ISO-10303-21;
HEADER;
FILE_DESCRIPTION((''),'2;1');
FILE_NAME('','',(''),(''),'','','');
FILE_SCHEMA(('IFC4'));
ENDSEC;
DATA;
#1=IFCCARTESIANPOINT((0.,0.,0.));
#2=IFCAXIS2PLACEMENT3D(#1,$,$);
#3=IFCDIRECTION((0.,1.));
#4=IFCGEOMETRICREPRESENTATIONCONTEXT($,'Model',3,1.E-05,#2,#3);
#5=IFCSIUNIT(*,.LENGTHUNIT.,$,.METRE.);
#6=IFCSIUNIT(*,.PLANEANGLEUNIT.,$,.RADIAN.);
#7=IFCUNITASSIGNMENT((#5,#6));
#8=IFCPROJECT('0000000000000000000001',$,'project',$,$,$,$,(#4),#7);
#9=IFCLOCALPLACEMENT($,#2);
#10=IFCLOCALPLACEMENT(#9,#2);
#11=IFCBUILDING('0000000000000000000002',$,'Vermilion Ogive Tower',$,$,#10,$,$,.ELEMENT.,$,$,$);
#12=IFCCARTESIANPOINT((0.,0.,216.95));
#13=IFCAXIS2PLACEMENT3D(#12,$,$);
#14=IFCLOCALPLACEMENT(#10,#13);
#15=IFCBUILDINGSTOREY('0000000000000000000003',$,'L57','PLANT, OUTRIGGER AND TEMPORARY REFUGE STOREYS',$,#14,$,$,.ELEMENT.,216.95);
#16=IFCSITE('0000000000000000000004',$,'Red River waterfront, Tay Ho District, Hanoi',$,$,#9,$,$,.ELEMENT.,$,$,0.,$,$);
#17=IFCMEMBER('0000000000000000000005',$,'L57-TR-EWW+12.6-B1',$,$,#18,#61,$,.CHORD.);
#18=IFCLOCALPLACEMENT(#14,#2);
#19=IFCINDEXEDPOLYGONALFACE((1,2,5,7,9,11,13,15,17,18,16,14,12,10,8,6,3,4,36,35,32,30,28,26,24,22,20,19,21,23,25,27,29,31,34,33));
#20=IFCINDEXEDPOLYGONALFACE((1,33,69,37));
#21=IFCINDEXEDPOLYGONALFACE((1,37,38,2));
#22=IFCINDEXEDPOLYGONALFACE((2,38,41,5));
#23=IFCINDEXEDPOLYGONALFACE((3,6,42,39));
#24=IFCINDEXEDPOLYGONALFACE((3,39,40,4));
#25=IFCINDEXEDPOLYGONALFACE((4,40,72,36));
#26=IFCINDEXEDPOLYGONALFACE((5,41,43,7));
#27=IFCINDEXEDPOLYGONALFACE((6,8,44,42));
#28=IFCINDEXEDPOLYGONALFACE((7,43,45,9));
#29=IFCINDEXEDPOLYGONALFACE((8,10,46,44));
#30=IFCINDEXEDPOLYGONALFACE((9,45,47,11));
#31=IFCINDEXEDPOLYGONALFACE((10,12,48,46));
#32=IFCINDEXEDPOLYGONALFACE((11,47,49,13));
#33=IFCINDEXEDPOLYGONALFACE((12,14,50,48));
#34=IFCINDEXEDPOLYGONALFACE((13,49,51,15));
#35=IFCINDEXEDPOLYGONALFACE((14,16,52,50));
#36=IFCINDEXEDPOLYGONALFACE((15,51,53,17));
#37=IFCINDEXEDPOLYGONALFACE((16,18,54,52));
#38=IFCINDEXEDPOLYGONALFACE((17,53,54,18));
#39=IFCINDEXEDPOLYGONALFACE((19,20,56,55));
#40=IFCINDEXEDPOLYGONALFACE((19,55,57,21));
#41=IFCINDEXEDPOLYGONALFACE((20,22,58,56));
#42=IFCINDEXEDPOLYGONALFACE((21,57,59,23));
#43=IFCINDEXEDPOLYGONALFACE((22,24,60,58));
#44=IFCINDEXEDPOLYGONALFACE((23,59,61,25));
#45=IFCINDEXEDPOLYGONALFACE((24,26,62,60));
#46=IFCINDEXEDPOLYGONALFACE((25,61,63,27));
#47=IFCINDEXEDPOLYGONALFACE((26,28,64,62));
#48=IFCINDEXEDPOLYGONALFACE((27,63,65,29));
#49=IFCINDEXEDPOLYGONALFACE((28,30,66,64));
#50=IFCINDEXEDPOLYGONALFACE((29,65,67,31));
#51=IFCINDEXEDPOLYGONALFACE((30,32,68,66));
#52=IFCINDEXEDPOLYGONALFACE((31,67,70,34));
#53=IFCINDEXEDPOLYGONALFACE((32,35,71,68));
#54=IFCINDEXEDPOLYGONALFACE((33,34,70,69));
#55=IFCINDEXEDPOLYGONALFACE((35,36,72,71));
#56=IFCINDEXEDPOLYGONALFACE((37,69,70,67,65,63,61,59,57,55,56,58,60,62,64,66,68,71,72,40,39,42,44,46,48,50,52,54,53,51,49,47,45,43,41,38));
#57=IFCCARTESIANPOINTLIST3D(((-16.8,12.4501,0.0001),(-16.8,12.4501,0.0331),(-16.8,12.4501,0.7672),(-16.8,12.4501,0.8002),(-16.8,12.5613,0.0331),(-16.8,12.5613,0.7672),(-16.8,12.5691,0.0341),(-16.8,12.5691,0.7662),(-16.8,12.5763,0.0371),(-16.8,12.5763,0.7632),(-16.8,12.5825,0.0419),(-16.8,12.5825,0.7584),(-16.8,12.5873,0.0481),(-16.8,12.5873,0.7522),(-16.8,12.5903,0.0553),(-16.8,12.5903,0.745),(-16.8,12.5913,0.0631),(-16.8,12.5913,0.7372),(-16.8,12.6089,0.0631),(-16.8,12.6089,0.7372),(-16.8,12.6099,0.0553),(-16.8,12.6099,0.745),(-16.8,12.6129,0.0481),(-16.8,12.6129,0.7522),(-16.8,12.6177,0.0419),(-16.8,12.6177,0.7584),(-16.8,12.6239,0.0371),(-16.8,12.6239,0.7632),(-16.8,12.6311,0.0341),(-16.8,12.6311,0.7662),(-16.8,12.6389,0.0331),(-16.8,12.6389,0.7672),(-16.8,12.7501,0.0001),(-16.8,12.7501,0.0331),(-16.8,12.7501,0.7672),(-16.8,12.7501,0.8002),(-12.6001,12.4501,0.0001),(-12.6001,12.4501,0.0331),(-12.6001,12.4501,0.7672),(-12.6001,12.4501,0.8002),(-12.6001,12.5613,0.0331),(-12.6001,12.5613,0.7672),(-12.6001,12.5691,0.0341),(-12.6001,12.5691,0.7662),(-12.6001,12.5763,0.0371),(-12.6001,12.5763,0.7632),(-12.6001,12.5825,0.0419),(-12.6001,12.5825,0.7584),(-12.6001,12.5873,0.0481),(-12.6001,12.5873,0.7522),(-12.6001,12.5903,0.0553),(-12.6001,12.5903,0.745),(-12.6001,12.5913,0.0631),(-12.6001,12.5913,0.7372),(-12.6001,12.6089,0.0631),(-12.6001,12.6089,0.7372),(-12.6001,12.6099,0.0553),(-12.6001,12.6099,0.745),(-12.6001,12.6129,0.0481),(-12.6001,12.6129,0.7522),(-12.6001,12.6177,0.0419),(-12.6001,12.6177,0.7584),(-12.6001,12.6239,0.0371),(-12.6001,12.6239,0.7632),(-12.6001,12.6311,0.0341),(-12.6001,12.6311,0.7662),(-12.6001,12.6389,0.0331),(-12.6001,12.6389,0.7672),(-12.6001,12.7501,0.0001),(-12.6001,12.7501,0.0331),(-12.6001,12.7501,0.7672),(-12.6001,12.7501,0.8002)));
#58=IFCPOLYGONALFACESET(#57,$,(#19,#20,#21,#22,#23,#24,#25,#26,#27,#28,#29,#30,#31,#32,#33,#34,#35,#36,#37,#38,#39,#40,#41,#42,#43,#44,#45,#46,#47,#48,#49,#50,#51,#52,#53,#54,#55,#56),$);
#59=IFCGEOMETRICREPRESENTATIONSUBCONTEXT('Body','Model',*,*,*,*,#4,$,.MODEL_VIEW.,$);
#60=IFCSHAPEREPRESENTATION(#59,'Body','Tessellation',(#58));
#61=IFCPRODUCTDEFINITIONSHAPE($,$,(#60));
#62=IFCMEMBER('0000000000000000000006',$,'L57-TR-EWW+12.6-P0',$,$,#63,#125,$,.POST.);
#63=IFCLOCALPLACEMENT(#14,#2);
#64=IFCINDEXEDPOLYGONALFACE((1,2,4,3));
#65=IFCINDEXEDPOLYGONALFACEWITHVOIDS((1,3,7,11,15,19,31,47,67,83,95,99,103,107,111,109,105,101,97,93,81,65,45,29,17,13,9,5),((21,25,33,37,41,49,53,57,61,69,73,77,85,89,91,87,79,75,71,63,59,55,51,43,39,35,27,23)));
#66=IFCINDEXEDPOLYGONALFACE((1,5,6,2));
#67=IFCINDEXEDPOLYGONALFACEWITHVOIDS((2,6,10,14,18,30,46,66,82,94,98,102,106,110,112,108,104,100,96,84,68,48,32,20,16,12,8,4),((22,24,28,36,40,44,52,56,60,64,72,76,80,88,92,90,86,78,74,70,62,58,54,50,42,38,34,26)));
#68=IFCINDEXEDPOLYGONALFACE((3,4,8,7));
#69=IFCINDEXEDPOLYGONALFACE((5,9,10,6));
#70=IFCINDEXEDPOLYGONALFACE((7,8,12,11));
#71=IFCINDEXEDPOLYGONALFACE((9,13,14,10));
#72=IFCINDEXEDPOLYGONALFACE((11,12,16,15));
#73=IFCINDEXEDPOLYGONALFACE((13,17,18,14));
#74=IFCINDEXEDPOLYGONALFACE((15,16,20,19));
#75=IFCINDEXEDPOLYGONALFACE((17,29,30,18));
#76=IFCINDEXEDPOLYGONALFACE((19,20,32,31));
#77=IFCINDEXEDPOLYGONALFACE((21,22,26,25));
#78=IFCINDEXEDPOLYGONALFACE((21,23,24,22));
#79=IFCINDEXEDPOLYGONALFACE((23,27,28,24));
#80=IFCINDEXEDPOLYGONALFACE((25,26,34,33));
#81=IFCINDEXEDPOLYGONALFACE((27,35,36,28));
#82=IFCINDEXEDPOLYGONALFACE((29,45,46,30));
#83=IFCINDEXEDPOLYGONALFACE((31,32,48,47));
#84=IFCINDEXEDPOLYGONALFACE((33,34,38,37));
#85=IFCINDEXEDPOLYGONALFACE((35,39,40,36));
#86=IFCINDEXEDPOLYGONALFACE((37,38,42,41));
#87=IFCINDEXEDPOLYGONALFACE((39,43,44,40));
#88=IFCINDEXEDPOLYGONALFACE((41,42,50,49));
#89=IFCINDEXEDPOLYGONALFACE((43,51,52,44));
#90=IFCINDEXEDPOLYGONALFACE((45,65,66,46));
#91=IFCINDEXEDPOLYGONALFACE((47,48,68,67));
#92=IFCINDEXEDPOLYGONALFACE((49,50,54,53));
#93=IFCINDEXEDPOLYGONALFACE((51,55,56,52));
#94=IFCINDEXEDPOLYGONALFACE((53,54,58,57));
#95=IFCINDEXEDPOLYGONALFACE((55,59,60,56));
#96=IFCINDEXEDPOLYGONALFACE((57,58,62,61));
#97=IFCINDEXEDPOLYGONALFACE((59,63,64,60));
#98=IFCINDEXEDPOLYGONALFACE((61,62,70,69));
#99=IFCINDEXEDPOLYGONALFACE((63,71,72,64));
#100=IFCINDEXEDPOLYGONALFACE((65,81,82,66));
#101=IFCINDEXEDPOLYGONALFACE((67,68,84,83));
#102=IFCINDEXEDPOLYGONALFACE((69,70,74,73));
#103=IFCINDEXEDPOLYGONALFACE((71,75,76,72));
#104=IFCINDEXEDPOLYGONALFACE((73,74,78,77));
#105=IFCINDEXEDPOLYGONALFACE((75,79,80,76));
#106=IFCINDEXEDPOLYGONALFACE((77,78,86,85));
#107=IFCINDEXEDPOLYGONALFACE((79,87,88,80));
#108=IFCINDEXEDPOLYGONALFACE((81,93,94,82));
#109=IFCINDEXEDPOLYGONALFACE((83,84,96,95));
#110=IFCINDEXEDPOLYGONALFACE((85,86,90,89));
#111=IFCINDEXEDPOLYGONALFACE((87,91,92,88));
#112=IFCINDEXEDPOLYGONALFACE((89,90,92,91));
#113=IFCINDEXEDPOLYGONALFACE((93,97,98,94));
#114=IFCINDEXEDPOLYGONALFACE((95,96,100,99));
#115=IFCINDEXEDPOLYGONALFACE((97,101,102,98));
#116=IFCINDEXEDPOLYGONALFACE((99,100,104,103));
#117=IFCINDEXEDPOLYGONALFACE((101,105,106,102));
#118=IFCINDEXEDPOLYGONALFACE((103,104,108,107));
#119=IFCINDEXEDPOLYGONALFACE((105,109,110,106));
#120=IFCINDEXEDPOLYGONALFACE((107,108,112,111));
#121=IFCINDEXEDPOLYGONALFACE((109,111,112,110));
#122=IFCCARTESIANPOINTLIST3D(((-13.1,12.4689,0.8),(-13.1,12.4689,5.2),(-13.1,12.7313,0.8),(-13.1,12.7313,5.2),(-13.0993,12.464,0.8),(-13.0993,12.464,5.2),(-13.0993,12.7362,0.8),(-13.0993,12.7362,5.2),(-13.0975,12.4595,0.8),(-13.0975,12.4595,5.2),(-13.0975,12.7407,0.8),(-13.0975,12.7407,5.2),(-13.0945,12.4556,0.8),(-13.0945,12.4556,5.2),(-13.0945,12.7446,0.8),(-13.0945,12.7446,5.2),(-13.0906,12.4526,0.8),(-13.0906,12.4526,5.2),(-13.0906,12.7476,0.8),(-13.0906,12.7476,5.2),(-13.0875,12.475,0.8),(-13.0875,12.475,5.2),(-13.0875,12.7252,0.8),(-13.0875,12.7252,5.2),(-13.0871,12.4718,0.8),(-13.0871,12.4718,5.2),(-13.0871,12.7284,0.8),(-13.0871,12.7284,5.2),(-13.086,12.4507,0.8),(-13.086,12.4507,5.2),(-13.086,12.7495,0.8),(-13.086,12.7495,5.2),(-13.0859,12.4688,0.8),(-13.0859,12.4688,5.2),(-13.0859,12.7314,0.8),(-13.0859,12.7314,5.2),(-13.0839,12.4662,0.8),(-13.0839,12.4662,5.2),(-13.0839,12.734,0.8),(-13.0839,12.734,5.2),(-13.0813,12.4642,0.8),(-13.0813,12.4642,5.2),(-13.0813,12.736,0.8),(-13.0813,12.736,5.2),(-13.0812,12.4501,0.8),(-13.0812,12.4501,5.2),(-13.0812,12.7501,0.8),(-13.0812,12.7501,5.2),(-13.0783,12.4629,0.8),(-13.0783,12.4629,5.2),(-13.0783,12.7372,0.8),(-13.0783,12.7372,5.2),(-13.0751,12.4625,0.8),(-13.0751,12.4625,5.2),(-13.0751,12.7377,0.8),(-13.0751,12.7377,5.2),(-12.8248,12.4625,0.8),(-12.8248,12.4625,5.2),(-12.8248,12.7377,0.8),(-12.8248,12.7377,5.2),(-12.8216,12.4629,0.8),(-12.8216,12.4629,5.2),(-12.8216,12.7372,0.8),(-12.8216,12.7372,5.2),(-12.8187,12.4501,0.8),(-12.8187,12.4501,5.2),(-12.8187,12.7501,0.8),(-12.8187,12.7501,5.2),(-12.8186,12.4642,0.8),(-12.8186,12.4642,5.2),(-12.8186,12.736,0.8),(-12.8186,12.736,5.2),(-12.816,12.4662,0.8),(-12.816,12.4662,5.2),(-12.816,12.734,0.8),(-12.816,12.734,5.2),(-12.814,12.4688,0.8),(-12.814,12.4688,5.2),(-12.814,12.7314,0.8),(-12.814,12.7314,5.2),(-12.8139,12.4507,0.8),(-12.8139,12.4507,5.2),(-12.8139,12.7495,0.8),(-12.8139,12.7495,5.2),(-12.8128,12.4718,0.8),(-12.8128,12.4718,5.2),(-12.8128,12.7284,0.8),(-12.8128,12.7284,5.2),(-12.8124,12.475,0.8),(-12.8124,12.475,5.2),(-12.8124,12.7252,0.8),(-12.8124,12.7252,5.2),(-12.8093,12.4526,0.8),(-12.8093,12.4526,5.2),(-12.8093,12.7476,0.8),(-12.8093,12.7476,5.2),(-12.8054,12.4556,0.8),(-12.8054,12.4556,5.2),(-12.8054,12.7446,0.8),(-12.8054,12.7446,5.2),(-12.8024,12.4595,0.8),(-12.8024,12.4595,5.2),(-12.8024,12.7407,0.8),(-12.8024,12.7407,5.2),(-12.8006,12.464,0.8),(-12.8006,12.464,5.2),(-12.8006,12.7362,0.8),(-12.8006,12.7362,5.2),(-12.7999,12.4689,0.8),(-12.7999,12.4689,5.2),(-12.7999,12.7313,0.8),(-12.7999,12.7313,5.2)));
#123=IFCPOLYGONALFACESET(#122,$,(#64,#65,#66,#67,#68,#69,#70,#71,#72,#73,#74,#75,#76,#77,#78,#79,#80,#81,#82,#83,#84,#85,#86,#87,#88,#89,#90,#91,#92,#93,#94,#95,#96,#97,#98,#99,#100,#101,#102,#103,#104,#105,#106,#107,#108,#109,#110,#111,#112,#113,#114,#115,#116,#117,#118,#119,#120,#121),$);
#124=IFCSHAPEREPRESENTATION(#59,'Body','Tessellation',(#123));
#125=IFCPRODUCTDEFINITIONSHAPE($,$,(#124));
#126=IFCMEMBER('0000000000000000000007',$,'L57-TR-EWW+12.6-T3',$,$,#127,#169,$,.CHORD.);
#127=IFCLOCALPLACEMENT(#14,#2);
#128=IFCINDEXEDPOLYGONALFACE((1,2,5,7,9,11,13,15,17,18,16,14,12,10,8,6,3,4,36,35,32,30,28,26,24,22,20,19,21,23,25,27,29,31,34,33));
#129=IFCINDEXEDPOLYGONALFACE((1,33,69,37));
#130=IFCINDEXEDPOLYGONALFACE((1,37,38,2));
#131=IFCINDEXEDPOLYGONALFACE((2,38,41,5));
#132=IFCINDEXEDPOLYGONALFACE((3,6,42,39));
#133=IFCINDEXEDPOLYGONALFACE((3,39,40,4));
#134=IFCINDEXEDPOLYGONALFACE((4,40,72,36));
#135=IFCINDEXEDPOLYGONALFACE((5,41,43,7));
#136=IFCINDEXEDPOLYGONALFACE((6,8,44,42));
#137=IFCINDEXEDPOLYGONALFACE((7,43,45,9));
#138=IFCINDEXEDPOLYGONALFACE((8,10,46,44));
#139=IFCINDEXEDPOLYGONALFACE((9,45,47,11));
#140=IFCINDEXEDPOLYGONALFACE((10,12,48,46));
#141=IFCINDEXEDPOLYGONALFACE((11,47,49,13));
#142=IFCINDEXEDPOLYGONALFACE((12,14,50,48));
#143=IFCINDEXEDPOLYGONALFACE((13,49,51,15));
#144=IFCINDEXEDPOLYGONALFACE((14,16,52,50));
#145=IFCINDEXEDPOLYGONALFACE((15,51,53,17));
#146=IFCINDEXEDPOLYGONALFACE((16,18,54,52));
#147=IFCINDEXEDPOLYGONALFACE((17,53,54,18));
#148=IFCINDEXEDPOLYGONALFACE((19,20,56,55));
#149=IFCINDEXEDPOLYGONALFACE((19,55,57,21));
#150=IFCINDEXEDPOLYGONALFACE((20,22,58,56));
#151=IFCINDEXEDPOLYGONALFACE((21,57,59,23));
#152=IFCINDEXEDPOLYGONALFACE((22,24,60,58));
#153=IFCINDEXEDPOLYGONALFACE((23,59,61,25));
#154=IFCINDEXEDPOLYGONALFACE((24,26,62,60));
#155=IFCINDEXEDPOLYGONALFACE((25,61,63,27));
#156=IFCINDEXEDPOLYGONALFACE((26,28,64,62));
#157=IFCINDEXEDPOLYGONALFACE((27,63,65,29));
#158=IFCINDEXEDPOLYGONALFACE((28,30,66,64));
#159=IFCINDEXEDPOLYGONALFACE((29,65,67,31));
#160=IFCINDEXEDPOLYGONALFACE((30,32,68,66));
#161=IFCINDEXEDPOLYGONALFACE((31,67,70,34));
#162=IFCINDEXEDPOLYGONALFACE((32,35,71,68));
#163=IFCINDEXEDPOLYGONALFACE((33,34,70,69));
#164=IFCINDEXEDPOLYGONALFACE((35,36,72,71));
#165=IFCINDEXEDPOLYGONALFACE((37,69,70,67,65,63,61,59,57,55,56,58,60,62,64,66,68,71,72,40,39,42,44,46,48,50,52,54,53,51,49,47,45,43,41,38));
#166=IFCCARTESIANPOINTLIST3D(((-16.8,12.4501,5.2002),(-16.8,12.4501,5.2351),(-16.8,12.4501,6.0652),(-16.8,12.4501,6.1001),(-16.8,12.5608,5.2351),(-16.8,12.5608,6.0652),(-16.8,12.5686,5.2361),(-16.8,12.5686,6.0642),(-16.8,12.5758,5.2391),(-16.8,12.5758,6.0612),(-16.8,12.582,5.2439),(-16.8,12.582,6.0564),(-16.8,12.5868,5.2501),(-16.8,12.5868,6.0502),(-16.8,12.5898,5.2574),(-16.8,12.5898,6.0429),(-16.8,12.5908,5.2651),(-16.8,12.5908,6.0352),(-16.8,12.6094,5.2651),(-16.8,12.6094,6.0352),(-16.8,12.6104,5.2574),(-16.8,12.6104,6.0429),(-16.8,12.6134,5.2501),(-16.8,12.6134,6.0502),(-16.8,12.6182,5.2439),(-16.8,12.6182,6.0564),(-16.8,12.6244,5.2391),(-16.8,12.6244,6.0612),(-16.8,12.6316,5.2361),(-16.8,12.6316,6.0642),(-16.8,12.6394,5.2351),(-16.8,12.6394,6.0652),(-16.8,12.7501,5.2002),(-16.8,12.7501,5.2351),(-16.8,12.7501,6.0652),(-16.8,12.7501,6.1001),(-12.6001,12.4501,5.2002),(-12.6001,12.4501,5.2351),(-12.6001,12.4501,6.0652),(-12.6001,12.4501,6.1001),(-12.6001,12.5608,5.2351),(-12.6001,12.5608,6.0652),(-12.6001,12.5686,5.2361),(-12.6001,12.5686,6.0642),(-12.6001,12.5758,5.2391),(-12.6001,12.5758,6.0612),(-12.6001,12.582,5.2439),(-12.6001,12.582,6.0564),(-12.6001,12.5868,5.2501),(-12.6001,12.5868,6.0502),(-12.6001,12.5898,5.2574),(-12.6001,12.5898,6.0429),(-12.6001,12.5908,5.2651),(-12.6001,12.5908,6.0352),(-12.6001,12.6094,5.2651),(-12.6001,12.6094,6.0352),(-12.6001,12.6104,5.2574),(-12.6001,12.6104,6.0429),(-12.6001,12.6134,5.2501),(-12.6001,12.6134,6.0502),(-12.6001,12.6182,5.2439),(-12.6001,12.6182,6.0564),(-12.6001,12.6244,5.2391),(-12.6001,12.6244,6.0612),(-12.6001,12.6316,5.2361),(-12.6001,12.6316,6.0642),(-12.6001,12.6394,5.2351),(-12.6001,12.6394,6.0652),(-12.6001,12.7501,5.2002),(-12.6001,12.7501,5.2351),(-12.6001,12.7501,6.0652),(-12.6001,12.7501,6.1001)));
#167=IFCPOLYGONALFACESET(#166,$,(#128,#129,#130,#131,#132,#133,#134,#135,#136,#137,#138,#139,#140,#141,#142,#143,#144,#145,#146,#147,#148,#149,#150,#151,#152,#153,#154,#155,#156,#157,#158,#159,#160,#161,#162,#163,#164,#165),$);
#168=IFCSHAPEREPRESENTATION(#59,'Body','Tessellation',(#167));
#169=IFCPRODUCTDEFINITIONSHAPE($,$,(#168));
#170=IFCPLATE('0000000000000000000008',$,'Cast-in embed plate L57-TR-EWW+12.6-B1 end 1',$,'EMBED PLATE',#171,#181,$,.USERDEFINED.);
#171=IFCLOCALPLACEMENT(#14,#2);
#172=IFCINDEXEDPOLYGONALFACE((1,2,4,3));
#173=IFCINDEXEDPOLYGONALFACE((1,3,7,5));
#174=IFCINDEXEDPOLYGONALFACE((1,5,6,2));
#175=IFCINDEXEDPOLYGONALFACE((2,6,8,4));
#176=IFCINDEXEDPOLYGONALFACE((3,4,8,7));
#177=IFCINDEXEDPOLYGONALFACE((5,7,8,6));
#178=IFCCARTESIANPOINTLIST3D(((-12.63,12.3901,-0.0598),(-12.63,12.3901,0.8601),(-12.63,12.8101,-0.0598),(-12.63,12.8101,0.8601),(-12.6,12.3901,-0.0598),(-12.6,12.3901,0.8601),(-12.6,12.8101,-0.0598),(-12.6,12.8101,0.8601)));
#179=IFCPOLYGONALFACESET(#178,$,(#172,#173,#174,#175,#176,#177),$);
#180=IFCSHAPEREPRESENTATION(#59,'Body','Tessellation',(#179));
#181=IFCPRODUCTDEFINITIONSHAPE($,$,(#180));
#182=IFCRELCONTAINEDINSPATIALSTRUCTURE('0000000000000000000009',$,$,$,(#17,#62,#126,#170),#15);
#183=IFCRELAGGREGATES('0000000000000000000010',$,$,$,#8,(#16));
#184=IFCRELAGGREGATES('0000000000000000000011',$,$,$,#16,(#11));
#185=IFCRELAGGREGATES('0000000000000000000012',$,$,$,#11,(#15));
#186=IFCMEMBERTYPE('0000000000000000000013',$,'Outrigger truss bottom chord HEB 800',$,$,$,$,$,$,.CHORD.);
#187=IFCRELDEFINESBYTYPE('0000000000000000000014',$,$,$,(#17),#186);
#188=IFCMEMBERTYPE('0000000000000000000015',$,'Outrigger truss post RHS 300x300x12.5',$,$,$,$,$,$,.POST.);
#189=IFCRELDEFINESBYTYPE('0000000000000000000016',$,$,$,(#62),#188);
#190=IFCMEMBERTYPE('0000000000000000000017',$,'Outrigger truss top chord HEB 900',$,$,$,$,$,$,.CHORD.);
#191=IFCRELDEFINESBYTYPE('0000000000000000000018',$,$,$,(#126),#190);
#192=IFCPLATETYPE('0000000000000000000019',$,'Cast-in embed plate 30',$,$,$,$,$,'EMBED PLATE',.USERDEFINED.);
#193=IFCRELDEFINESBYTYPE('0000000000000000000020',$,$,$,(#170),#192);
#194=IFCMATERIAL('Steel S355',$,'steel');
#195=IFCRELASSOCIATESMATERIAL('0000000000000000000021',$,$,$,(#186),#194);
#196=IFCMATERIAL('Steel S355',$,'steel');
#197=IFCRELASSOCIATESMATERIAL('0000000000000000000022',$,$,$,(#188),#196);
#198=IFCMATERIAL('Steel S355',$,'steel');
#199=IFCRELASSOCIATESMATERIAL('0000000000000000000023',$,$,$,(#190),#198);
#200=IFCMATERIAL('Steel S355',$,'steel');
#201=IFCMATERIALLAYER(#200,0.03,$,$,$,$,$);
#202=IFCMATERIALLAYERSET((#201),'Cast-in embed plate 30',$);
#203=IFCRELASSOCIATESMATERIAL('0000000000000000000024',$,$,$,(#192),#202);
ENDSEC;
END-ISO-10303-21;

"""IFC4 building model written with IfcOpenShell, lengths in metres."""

from ifc_helpers import new_model, si_unit, direction, frame, origin, origin_2d, place, context, subcontext, project, spatial, rectangle, hollow_rectangle, i_section, extrude, material, layer, layer_set, material_profile, profile_set, type_object, element, save


model = new_model("IFC4")

# Units and contexts
model_context = context("Model", 3, precision=1e-05, world=origin(), true_north=direction((0.0, 1.0)))
body_context = subcontext(model_context, "Body", "Model", "MODEL_VIEW")
ifc_project = project(units=[si_unit("LENGTHUNIT", "METRE"), si_unit("PLANEANGLEUNIT", "RADIAN")], contexts=[model_context])

# Site, building, storey
site_placement = place(None, origin())
site = spatial("IfcSite", under=ifc_project, at=site_placement, Name="Red River waterfront, Tay Ho District, Hanoi", CompositionType="ELEMENT", RefElevation=0.0)
building_placement = place(site_placement, origin())
building = spatial("IfcBuilding", under=site, at=building_placement, Name="Vermilion Ogive Tower", CompositionType="ELEMENT")
storey_placement = place(building_placement, frame((0.0, 0.0, 216.95)))
storey = spatial("IfcBuildingStorey", under=building, at=storey_placement, Name="L57", Description="PLANT, OUTRIGGER AND TEMPORARY REFUGE STOREYS", CompositionType="ELEMENT", Elevation=216.95)

# Members
ifc_material_1 = material(Name="Steel S355", Category="steel")
ifc_material_profile_1 = material_profile(ifc_material_1, i_section(OverallWidth=0.3, OverallDepth=0.8, WebThickness=0.0176, FlangeThickness=0.033, FilletRadius=0.03, at=origin_2d()), Name="HEB 800")
ifc_profile_set_1 = profile_set([ifc_material_profile_1], Name="Steel S355")
member_type_1 = type_object("IfcMemberType", Name="Outrigger truss bottom chord HEB 800", PredefinedType="CHORD", material=ifc_profile_set_1)
member_1_placement = place(storey_placement, frame((-12.6001, 12.6001, 0.4001), z_axis=(-1.0, 0.0, 0.0), x_axis=(0.0, -1.0, 0.0)))
element("IfcMember", 1, at=member_1_placement, inside=storey, type_object=member_type_1, Name="L57-TR-EWW+12.6-B1", PredefinedType="CHORD", context=body_context, shape_type="SweptSolid", body=[
    extrude(i_section(OverallWidth=0.3, OverallDepth=0.8, WebThickness=0.0176, FlangeThickness=0.033, FilletRadius=0.03, at=origin_2d()), origin(), (0.0, 0.0, 1.0), 4.2),
])
ifc_material_2 = material(Name="Steel S355", Category="steel")
ifc_material_profile_2 = material_profile(ifc_material_2, hollow_rectangle(XDim=0.3, YDim=0.3, WallThickness=0.0125, InnerFilletRadius=0.0125, OuterFilletRadius=0.0188, at=origin_2d()), Name="RHS 300x300x12.5")
ifc_profile_set_2 = profile_set([ifc_material_profile_2], Name="Steel S355")
member_type_2 = type_object("IfcMemberType", Name="Outrigger truss post RHS 300x300x12.5", PredefinedType="POST", material=ifc_profile_set_2)
member_2_placement = place(storey_placement, frame((-12.95, 12.6001, 0.8), z_axis=(0.0, 0.0, 1.0), x_axis=(1.0, 0.0, 0.0)))
element("IfcMember", 2, at=member_2_placement, inside=storey, type_object=member_type_2, Name="L57-TR-EWW+12.6-P0", PredefinedType="POST", context=body_context, shape_type="SweptSolid", body=[
    extrude(hollow_rectangle(XDim=0.3, YDim=0.3, WallThickness=0.0125, InnerFilletRadius=0.0125, OuterFilletRadius=0.0188, at=origin_2d()), origin(), (0.0, 0.0, 1.0), 4.3999),
])
ifc_material_3 = material(Name="Steel S355", Category="steel")
ifc_material_profile_3 = material_profile(ifc_material_3, i_section(OverallWidth=0.3, OverallDepth=0.8999, WebThickness=0.0186, FlangeThickness=0.0349, FilletRadius=0.03, at=origin_2d()), Name="HEB 900")
ifc_profile_set_3 = profile_set([ifc_material_profile_3], Name="Steel S355")
member_type_3 = type_object("IfcMemberType", Name="Outrigger truss top chord HEB 900", PredefinedType="CHORD", material=ifc_profile_set_3)
member_3_placement = place(storey_placement, frame((-12.6001, 12.6001, 5.6501), z_axis=(-1.0, 0.0, 0.0), x_axis=(0.0, -1.0, 0.0)))
element("IfcMember", 3, at=member_3_placement, inside=storey, type_object=member_type_3, Name="L57-TR-EWW+12.6-T3", PredefinedType="CHORD", context=body_context, shape_type="SweptSolid", body=[
    extrude(i_section(OverallWidth=0.3, OverallDepth=0.8999, WebThickness=0.0186, FlangeThickness=0.0349, FilletRadius=0.03, at=origin_2d()), origin(), (0.0, 0.0, 1.0), 4.2),
])

# Plate
ifc_material_4 = material(Name="Steel S355", Category="steel")
ifc_layer_1 = layer(ifc_material_4, 0.03)
ifc_layer_set_1 = layer_set([ifc_layer_1], Name="Cast-in embed plate 30")
plate_type = type_object("IfcPlateType", Name="Cast-in embed plate 30", ElementType="EMBED PLATE", PredefinedType="USERDEFINED", material=ifc_layer_set_1)
plate_1_placement = place(storey_placement, frame((-12.615, 12.6001, -0.0598), z_axis=(0.0, 0.0, 1.0), x_axis=(1.0, 0.0, 0.0)))
element("IfcPlate", 4, at=plate_1_placement, inside=storey, type_object=plate_type, Name="Cast-in embed plate L57-TR-EWW+12.6-B1 end 1", ObjectType="EMBED PLATE", PredefinedType="USERDEFINED", context=body_context, shape_type="SweptSolid", body=[
    extrude(rectangle(XDim=0.03, YDim=0.4199, at=origin_2d()), origin(), (0.0, 0.0, 1.0), 0.9199),
])

save(model, "model.ifc")
